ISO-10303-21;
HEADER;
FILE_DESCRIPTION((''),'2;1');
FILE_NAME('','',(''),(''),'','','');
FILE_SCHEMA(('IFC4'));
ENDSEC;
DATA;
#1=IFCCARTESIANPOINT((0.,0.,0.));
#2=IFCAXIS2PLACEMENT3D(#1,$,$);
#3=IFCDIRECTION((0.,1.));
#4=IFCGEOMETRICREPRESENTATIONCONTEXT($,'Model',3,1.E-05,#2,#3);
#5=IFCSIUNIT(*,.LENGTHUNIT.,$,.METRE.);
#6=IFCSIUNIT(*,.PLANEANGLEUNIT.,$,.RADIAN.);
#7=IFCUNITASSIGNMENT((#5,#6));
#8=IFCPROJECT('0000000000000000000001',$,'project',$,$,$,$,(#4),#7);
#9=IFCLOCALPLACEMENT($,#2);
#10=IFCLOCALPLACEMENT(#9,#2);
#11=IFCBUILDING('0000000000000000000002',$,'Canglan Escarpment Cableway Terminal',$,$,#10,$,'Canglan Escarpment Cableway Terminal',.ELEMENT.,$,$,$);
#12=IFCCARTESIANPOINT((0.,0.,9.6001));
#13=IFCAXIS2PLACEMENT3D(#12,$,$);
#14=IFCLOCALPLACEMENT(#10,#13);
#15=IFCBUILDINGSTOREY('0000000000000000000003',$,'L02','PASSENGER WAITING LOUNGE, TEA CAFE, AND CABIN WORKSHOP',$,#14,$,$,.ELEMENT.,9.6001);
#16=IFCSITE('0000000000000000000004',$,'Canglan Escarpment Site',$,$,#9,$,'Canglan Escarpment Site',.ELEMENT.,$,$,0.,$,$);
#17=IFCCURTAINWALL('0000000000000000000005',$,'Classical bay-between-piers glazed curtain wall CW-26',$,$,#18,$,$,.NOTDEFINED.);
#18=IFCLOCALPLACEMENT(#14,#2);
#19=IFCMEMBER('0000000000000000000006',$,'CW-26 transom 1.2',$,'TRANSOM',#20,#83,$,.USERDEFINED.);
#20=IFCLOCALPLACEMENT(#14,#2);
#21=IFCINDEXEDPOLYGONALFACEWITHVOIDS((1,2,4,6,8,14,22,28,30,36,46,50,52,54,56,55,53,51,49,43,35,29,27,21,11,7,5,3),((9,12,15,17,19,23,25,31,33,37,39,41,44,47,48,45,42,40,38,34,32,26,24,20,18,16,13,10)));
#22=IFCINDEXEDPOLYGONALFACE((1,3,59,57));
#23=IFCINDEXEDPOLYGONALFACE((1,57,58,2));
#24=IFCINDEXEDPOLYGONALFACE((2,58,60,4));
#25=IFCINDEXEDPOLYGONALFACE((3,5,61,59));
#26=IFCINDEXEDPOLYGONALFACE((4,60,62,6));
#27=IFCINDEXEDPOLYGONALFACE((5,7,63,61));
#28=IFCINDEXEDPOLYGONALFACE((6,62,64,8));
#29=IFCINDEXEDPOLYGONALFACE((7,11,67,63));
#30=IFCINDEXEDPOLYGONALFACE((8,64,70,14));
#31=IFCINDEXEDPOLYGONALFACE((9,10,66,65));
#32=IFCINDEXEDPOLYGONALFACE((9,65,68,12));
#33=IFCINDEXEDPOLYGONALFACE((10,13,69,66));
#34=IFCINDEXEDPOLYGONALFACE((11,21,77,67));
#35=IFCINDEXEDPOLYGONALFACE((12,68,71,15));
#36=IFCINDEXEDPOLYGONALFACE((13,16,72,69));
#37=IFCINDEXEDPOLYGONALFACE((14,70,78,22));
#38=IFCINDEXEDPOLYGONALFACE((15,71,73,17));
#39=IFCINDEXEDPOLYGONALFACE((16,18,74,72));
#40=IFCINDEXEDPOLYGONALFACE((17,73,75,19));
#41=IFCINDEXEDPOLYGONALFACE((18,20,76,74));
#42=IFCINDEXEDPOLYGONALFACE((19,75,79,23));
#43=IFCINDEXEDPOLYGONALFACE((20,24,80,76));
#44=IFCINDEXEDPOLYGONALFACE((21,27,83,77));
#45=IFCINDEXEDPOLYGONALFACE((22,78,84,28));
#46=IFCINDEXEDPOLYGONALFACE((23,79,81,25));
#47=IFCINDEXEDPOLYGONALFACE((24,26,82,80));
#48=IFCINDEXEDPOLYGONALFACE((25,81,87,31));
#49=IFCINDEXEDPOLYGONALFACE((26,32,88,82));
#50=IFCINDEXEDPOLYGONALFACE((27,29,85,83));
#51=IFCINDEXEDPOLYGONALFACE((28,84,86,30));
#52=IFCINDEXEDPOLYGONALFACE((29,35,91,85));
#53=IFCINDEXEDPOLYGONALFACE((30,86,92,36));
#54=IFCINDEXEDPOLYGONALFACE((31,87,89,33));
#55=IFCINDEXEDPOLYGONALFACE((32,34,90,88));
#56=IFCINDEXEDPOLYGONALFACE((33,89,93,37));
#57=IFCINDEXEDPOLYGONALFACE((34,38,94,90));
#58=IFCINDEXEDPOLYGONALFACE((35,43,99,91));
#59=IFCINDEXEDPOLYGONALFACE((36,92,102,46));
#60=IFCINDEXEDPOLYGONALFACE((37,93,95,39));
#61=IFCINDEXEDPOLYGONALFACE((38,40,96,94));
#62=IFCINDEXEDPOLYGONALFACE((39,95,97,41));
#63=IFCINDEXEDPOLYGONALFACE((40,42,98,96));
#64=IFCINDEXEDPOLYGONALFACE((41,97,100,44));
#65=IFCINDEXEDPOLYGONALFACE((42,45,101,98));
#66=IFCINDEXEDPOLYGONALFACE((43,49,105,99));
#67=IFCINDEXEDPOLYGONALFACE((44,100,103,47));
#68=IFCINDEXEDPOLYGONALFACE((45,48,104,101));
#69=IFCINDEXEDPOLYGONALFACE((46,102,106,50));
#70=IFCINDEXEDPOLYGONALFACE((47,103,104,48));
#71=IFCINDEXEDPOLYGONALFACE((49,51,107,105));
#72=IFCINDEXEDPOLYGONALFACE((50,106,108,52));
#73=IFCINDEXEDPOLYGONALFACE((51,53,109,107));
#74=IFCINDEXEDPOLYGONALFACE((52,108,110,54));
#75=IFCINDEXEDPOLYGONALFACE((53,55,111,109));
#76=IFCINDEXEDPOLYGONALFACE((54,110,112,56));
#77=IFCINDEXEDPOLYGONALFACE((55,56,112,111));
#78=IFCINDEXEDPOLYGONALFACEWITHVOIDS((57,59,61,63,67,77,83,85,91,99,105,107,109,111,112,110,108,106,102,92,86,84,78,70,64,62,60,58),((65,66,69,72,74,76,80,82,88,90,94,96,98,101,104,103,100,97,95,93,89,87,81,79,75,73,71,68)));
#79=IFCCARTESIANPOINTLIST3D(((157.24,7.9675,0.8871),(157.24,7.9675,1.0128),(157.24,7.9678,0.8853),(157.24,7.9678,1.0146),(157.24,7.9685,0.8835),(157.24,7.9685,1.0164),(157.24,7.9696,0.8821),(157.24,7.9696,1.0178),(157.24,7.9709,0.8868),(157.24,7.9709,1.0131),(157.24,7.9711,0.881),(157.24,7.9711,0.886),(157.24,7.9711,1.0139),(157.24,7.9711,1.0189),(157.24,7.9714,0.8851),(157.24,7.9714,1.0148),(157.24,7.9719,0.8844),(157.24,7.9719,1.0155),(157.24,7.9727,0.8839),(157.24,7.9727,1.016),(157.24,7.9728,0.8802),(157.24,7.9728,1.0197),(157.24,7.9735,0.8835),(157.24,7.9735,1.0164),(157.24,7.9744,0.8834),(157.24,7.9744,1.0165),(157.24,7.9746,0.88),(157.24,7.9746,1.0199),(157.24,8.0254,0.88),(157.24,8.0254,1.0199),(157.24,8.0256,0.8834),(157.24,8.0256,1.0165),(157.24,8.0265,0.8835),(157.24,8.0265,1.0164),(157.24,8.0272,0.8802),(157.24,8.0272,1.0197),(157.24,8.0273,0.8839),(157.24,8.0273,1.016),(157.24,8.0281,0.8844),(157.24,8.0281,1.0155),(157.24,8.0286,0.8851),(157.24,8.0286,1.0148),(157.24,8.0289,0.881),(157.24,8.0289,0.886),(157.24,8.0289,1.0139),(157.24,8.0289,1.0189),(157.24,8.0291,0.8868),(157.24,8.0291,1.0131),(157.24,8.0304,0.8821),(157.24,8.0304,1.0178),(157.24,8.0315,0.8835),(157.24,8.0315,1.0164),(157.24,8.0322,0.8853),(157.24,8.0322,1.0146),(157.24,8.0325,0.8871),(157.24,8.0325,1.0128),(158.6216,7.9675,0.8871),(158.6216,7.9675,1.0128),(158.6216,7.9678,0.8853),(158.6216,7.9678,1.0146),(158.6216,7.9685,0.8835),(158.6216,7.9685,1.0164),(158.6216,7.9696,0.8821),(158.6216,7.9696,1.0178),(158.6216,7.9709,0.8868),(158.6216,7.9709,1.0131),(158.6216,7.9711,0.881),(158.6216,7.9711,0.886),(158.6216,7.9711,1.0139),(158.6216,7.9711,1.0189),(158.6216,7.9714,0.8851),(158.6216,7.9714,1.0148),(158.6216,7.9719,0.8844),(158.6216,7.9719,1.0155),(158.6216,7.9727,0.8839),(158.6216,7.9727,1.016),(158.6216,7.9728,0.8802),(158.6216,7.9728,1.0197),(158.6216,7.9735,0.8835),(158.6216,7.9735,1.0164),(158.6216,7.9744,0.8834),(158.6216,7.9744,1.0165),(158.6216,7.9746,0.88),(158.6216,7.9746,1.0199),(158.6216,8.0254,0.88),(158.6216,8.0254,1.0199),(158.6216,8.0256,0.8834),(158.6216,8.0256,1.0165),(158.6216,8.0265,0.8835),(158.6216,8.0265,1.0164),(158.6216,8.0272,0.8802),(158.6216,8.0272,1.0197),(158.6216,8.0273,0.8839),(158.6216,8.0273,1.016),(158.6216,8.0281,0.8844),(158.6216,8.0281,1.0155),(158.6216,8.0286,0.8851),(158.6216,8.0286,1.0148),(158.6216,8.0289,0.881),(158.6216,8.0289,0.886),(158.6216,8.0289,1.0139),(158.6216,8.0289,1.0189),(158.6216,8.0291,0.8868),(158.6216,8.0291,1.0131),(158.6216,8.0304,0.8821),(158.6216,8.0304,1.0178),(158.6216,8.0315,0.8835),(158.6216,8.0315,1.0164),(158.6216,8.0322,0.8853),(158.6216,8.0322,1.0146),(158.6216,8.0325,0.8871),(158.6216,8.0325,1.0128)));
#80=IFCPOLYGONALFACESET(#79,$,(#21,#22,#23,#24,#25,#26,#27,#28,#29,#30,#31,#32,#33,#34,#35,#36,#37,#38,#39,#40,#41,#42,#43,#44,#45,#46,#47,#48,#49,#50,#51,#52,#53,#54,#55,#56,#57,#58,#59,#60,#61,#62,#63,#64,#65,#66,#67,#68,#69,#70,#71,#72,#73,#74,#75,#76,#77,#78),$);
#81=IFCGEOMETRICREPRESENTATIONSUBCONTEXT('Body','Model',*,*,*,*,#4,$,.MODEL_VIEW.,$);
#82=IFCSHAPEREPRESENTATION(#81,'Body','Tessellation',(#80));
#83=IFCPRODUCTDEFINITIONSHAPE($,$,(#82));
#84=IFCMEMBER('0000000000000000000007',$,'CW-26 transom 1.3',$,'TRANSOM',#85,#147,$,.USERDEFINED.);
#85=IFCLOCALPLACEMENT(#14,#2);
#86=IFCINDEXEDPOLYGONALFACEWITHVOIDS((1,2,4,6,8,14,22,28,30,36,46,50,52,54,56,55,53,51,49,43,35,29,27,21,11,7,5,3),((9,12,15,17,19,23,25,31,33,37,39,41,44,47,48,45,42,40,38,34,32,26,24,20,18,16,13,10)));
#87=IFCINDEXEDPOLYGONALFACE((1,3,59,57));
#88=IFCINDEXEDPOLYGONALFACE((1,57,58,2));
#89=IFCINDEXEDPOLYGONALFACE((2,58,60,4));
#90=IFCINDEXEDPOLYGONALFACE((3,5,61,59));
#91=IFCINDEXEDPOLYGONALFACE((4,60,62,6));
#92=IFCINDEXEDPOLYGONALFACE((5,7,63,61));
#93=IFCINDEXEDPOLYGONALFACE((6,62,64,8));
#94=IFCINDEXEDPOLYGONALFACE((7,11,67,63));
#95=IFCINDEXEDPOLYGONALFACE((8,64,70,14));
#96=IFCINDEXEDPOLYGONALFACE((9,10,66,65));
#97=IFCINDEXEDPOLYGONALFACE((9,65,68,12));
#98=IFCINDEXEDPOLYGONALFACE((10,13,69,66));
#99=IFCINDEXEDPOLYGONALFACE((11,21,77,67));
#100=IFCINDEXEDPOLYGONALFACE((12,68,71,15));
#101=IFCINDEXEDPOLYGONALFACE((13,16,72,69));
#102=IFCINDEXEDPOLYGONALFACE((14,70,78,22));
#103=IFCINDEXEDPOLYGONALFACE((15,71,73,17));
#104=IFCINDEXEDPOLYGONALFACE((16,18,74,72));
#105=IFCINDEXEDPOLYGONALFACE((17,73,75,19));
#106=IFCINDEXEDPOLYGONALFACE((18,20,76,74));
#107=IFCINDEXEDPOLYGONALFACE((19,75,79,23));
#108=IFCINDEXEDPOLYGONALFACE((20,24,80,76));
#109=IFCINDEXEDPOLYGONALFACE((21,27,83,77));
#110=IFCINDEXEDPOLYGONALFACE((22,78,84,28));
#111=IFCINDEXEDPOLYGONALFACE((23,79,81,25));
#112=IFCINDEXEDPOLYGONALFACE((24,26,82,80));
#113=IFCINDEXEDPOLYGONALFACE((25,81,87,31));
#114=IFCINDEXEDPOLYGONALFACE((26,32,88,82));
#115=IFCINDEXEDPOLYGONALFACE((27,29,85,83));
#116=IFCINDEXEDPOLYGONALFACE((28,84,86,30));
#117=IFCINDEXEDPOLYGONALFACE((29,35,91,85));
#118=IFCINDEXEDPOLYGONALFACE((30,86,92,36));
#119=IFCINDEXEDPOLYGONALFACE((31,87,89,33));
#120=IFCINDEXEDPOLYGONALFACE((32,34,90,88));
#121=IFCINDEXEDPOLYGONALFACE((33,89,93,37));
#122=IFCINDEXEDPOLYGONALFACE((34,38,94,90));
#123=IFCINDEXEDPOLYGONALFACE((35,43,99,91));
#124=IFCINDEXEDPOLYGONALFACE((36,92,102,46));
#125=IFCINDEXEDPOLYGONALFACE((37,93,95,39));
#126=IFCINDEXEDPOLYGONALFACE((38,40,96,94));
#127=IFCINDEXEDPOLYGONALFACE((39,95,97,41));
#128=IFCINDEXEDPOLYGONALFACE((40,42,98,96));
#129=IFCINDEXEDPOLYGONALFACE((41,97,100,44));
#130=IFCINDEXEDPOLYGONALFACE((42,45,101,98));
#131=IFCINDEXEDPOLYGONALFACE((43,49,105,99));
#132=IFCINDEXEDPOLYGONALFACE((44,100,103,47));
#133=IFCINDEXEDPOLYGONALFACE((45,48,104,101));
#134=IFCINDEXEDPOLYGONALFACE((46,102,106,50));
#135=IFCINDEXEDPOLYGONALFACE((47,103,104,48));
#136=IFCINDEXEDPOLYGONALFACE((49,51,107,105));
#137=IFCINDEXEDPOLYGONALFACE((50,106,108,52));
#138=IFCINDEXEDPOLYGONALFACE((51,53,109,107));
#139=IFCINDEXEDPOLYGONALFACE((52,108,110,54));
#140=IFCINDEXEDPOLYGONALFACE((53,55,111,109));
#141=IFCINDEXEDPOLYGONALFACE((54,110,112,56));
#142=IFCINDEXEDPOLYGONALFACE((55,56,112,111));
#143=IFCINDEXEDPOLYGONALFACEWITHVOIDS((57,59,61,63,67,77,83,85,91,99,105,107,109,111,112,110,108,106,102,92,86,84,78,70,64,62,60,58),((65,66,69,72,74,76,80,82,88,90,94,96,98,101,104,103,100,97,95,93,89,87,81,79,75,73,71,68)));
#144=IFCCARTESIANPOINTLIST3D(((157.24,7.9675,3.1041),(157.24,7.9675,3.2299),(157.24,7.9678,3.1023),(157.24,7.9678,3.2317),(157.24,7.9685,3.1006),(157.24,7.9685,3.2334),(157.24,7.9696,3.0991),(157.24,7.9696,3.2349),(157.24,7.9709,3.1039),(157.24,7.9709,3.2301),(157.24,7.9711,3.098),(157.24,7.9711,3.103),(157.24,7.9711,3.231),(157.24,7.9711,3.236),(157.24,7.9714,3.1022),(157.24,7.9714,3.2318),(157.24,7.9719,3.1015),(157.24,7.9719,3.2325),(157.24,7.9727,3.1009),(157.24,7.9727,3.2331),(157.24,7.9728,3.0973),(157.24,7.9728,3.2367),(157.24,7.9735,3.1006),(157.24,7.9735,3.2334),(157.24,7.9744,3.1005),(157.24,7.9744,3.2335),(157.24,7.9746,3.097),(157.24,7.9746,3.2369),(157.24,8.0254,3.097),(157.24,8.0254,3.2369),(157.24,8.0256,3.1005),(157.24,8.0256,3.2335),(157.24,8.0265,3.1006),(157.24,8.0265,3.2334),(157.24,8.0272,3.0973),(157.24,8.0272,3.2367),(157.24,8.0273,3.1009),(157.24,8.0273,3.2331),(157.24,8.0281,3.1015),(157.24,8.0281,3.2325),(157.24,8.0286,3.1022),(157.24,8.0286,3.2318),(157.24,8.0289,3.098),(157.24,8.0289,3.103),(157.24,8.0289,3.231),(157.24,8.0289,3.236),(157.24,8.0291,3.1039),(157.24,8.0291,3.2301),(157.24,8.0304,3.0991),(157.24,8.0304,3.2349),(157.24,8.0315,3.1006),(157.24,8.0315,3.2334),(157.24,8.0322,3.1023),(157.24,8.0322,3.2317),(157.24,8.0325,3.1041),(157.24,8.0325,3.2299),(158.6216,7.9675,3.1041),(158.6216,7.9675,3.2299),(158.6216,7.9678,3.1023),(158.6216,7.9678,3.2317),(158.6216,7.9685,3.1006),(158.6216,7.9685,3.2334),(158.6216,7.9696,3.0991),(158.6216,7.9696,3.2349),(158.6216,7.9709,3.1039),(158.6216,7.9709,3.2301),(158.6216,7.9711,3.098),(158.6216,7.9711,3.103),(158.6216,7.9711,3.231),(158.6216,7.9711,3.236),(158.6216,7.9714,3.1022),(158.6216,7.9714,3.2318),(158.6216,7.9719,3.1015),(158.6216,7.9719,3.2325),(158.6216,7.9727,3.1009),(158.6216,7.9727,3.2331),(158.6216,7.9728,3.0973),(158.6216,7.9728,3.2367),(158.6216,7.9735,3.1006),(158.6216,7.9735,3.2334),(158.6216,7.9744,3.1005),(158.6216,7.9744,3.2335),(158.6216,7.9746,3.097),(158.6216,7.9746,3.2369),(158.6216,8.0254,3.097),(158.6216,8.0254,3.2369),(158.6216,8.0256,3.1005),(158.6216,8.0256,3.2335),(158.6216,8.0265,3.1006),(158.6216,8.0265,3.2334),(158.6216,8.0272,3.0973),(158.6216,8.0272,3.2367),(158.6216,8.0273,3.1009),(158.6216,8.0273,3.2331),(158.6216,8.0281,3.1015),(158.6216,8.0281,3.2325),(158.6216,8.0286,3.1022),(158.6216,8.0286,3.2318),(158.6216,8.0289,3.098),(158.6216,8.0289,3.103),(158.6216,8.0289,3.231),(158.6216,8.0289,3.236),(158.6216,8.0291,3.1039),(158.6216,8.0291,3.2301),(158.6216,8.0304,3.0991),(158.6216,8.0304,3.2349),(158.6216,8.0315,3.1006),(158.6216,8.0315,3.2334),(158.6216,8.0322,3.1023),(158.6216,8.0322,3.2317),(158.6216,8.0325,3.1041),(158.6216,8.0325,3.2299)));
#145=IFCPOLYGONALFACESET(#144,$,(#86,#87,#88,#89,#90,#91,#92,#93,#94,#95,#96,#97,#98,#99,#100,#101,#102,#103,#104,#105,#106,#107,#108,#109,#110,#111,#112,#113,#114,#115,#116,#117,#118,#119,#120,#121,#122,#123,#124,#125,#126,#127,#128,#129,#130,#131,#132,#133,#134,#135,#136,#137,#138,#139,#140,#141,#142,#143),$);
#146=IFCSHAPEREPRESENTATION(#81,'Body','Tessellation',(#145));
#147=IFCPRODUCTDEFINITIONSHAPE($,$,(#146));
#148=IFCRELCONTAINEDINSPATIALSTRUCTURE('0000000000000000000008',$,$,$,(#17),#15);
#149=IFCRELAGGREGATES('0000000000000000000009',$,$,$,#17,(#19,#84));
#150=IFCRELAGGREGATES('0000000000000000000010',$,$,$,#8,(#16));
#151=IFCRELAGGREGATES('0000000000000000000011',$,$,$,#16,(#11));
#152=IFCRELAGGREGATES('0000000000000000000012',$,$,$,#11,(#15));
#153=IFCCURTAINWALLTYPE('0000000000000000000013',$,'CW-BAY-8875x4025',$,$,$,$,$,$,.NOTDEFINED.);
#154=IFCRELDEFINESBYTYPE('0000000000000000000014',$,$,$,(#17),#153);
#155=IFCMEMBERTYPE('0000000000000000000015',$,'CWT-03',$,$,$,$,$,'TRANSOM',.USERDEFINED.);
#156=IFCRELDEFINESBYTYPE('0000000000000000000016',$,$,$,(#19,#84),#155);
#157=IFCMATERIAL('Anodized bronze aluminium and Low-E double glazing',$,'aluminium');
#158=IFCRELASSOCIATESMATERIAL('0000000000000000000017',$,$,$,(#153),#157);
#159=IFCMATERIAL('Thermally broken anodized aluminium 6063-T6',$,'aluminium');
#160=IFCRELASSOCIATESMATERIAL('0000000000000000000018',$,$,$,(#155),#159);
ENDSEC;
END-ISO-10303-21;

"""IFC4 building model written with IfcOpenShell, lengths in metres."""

from ifc_helpers import new_model, si_unit, direction, frame, origin, origin_2d, place, context, subcontext, project, spatial, hollow_rectangle, extrude, material, material_profile, profile_set, type_object, element, aggregate, save


model = new_model("IFC4")

# Units and contexts
model_context = context("Model", 3, precision=1e-05, world=origin(), true_north=direction((0.0, 1.0)))
body_context = subcontext(model_context, "Body", "Model", "MODEL_VIEW")
ifc_project = project(units=[si_unit("LENGTHUNIT", "METRE"), si_unit("PLANEANGLEUNIT", "RADIAN")], contexts=[model_context])

# Site, building, storey
site_placement = place(None, origin())
site = spatial("IfcSite", under=ifc_project, at=site_placement, Name="Canglan Escarpment Site", LongName="Canglan Escarpment Site", CompositionType="ELEMENT", RefElevation=0.0)
building_placement = place(site_placement, origin())
building = spatial("IfcBuilding", under=site, at=building_placement, Name="Canglan Escarpment Cableway Terminal", LongName="Canglan Escarpment Cableway Terminal", CompositionType="ELEMENT")
storey_placement = place(building_placement, frame((0.0, 0.0, 9.6001)))
storey = spatial("IfcBuildingStorey", under=building, at=storey_placement, Name="L02", Description="PASSENGER WAITING LOUNGE, TEA CAFE, AND CABIN WORKSHOP", CompositionType="ELEMENT", Elevation=9.6001)

# Curtain wall
ifc_material_1 = material(Name="Anodized bronze aluminium and Low-E double glazing", Category="aluminium")
curtain_wall_type = type_object("IfcCurtainWallType", Name="CW-BAY-8875x4025", PredefinedType="NOTDEFINED", material=ifc_material_1)
ifc_material_2 = material(Name="Thermally broken anodized aluminium 6063-T6", Category="aluminium")
curtain_wall_1_placement = place(storey_placement, origin())
curtain_wall_1 = element("IfcCurtainWall", 1, at=curtain_wall_1_placement, inside=storey, type_object=curtain_wall_type, Name="Classical bay-between-piers glazed curtain wall CW-26", PredefinedType="NOTDEFINED")

# Members
ifc_material_profile_1 = material_profile(ifc_material_2, hollow_rectangle(XDim=0.0649, YDim=0.1399, WallThickness=0.0034, InnerFilletRadius=0.0034, OuterFilletRadius=0.0071, at=origin_2d()), Name="ALU-TRAN 65x140x3.5")
ifc_profile_set_1 = profile_set([ifc_material_profile_1], Name="Thermally broken anodized aluminium 6063-T6")
member_type_1 = type_object("IfcMemberType", Name="CWT-03", ElementType="TRANSOM", PredefinedType="USERDEFINED", material=ifc_profile_set_1)
member_1_placement = place(storey_placement, frame((157.24, 8.0, 0.95), z_axis=(1.0, 0.0, 0.0), x_axis=(0.0, 1.0, 0.0)))
member_1 = element("IfcMember", 2, at=member_1_placement, type_object=member_type_1, Name="CW-26 transom 1.2", ObjectType="TRANSOM", PredefinedType="USERDEFINED", context=body_context, shape_type="SweptSolid", body=[
    extrude(hollow_rectangle(XDim=0.0649, YDim=0.1399, WallThickness=0.0034, InnerFilletRadius=0.0034, OuterFilletRadius=0.0071, at=origin_2d()), origin(), (0.0, 0.0, 1.0), 1.3816),
])
member_2_placement = place(storey_placement, frame((157.24, 8.0, 3.167), z_axis=(1.0, 0.0, 0.0), x_axis=(0.0, 1.0, 0.0)))
member_2 = element("IfcMember", 3, at=member_2_placement, type_object=member_type_1, Name="CW-26 transom 1.3", ObjectType="TRANSOM", PredefinedType="USERDEFINED", context=body_context, shape_type="SweptSolid", body=[
    extrude(hollow_rectangle(XDim=0.0649, YDim=0.1399, WallThickness=0.0034, InnerFilletRadius=0.0034, OuterFilletRadius=0.0071, at=origin_2d()), origin(), (0.0, 0.0, 1.0), 1.3816),
])

aggregate(curtain_wall_1, [member_1, member_2])

save(model, "model.ifc")
